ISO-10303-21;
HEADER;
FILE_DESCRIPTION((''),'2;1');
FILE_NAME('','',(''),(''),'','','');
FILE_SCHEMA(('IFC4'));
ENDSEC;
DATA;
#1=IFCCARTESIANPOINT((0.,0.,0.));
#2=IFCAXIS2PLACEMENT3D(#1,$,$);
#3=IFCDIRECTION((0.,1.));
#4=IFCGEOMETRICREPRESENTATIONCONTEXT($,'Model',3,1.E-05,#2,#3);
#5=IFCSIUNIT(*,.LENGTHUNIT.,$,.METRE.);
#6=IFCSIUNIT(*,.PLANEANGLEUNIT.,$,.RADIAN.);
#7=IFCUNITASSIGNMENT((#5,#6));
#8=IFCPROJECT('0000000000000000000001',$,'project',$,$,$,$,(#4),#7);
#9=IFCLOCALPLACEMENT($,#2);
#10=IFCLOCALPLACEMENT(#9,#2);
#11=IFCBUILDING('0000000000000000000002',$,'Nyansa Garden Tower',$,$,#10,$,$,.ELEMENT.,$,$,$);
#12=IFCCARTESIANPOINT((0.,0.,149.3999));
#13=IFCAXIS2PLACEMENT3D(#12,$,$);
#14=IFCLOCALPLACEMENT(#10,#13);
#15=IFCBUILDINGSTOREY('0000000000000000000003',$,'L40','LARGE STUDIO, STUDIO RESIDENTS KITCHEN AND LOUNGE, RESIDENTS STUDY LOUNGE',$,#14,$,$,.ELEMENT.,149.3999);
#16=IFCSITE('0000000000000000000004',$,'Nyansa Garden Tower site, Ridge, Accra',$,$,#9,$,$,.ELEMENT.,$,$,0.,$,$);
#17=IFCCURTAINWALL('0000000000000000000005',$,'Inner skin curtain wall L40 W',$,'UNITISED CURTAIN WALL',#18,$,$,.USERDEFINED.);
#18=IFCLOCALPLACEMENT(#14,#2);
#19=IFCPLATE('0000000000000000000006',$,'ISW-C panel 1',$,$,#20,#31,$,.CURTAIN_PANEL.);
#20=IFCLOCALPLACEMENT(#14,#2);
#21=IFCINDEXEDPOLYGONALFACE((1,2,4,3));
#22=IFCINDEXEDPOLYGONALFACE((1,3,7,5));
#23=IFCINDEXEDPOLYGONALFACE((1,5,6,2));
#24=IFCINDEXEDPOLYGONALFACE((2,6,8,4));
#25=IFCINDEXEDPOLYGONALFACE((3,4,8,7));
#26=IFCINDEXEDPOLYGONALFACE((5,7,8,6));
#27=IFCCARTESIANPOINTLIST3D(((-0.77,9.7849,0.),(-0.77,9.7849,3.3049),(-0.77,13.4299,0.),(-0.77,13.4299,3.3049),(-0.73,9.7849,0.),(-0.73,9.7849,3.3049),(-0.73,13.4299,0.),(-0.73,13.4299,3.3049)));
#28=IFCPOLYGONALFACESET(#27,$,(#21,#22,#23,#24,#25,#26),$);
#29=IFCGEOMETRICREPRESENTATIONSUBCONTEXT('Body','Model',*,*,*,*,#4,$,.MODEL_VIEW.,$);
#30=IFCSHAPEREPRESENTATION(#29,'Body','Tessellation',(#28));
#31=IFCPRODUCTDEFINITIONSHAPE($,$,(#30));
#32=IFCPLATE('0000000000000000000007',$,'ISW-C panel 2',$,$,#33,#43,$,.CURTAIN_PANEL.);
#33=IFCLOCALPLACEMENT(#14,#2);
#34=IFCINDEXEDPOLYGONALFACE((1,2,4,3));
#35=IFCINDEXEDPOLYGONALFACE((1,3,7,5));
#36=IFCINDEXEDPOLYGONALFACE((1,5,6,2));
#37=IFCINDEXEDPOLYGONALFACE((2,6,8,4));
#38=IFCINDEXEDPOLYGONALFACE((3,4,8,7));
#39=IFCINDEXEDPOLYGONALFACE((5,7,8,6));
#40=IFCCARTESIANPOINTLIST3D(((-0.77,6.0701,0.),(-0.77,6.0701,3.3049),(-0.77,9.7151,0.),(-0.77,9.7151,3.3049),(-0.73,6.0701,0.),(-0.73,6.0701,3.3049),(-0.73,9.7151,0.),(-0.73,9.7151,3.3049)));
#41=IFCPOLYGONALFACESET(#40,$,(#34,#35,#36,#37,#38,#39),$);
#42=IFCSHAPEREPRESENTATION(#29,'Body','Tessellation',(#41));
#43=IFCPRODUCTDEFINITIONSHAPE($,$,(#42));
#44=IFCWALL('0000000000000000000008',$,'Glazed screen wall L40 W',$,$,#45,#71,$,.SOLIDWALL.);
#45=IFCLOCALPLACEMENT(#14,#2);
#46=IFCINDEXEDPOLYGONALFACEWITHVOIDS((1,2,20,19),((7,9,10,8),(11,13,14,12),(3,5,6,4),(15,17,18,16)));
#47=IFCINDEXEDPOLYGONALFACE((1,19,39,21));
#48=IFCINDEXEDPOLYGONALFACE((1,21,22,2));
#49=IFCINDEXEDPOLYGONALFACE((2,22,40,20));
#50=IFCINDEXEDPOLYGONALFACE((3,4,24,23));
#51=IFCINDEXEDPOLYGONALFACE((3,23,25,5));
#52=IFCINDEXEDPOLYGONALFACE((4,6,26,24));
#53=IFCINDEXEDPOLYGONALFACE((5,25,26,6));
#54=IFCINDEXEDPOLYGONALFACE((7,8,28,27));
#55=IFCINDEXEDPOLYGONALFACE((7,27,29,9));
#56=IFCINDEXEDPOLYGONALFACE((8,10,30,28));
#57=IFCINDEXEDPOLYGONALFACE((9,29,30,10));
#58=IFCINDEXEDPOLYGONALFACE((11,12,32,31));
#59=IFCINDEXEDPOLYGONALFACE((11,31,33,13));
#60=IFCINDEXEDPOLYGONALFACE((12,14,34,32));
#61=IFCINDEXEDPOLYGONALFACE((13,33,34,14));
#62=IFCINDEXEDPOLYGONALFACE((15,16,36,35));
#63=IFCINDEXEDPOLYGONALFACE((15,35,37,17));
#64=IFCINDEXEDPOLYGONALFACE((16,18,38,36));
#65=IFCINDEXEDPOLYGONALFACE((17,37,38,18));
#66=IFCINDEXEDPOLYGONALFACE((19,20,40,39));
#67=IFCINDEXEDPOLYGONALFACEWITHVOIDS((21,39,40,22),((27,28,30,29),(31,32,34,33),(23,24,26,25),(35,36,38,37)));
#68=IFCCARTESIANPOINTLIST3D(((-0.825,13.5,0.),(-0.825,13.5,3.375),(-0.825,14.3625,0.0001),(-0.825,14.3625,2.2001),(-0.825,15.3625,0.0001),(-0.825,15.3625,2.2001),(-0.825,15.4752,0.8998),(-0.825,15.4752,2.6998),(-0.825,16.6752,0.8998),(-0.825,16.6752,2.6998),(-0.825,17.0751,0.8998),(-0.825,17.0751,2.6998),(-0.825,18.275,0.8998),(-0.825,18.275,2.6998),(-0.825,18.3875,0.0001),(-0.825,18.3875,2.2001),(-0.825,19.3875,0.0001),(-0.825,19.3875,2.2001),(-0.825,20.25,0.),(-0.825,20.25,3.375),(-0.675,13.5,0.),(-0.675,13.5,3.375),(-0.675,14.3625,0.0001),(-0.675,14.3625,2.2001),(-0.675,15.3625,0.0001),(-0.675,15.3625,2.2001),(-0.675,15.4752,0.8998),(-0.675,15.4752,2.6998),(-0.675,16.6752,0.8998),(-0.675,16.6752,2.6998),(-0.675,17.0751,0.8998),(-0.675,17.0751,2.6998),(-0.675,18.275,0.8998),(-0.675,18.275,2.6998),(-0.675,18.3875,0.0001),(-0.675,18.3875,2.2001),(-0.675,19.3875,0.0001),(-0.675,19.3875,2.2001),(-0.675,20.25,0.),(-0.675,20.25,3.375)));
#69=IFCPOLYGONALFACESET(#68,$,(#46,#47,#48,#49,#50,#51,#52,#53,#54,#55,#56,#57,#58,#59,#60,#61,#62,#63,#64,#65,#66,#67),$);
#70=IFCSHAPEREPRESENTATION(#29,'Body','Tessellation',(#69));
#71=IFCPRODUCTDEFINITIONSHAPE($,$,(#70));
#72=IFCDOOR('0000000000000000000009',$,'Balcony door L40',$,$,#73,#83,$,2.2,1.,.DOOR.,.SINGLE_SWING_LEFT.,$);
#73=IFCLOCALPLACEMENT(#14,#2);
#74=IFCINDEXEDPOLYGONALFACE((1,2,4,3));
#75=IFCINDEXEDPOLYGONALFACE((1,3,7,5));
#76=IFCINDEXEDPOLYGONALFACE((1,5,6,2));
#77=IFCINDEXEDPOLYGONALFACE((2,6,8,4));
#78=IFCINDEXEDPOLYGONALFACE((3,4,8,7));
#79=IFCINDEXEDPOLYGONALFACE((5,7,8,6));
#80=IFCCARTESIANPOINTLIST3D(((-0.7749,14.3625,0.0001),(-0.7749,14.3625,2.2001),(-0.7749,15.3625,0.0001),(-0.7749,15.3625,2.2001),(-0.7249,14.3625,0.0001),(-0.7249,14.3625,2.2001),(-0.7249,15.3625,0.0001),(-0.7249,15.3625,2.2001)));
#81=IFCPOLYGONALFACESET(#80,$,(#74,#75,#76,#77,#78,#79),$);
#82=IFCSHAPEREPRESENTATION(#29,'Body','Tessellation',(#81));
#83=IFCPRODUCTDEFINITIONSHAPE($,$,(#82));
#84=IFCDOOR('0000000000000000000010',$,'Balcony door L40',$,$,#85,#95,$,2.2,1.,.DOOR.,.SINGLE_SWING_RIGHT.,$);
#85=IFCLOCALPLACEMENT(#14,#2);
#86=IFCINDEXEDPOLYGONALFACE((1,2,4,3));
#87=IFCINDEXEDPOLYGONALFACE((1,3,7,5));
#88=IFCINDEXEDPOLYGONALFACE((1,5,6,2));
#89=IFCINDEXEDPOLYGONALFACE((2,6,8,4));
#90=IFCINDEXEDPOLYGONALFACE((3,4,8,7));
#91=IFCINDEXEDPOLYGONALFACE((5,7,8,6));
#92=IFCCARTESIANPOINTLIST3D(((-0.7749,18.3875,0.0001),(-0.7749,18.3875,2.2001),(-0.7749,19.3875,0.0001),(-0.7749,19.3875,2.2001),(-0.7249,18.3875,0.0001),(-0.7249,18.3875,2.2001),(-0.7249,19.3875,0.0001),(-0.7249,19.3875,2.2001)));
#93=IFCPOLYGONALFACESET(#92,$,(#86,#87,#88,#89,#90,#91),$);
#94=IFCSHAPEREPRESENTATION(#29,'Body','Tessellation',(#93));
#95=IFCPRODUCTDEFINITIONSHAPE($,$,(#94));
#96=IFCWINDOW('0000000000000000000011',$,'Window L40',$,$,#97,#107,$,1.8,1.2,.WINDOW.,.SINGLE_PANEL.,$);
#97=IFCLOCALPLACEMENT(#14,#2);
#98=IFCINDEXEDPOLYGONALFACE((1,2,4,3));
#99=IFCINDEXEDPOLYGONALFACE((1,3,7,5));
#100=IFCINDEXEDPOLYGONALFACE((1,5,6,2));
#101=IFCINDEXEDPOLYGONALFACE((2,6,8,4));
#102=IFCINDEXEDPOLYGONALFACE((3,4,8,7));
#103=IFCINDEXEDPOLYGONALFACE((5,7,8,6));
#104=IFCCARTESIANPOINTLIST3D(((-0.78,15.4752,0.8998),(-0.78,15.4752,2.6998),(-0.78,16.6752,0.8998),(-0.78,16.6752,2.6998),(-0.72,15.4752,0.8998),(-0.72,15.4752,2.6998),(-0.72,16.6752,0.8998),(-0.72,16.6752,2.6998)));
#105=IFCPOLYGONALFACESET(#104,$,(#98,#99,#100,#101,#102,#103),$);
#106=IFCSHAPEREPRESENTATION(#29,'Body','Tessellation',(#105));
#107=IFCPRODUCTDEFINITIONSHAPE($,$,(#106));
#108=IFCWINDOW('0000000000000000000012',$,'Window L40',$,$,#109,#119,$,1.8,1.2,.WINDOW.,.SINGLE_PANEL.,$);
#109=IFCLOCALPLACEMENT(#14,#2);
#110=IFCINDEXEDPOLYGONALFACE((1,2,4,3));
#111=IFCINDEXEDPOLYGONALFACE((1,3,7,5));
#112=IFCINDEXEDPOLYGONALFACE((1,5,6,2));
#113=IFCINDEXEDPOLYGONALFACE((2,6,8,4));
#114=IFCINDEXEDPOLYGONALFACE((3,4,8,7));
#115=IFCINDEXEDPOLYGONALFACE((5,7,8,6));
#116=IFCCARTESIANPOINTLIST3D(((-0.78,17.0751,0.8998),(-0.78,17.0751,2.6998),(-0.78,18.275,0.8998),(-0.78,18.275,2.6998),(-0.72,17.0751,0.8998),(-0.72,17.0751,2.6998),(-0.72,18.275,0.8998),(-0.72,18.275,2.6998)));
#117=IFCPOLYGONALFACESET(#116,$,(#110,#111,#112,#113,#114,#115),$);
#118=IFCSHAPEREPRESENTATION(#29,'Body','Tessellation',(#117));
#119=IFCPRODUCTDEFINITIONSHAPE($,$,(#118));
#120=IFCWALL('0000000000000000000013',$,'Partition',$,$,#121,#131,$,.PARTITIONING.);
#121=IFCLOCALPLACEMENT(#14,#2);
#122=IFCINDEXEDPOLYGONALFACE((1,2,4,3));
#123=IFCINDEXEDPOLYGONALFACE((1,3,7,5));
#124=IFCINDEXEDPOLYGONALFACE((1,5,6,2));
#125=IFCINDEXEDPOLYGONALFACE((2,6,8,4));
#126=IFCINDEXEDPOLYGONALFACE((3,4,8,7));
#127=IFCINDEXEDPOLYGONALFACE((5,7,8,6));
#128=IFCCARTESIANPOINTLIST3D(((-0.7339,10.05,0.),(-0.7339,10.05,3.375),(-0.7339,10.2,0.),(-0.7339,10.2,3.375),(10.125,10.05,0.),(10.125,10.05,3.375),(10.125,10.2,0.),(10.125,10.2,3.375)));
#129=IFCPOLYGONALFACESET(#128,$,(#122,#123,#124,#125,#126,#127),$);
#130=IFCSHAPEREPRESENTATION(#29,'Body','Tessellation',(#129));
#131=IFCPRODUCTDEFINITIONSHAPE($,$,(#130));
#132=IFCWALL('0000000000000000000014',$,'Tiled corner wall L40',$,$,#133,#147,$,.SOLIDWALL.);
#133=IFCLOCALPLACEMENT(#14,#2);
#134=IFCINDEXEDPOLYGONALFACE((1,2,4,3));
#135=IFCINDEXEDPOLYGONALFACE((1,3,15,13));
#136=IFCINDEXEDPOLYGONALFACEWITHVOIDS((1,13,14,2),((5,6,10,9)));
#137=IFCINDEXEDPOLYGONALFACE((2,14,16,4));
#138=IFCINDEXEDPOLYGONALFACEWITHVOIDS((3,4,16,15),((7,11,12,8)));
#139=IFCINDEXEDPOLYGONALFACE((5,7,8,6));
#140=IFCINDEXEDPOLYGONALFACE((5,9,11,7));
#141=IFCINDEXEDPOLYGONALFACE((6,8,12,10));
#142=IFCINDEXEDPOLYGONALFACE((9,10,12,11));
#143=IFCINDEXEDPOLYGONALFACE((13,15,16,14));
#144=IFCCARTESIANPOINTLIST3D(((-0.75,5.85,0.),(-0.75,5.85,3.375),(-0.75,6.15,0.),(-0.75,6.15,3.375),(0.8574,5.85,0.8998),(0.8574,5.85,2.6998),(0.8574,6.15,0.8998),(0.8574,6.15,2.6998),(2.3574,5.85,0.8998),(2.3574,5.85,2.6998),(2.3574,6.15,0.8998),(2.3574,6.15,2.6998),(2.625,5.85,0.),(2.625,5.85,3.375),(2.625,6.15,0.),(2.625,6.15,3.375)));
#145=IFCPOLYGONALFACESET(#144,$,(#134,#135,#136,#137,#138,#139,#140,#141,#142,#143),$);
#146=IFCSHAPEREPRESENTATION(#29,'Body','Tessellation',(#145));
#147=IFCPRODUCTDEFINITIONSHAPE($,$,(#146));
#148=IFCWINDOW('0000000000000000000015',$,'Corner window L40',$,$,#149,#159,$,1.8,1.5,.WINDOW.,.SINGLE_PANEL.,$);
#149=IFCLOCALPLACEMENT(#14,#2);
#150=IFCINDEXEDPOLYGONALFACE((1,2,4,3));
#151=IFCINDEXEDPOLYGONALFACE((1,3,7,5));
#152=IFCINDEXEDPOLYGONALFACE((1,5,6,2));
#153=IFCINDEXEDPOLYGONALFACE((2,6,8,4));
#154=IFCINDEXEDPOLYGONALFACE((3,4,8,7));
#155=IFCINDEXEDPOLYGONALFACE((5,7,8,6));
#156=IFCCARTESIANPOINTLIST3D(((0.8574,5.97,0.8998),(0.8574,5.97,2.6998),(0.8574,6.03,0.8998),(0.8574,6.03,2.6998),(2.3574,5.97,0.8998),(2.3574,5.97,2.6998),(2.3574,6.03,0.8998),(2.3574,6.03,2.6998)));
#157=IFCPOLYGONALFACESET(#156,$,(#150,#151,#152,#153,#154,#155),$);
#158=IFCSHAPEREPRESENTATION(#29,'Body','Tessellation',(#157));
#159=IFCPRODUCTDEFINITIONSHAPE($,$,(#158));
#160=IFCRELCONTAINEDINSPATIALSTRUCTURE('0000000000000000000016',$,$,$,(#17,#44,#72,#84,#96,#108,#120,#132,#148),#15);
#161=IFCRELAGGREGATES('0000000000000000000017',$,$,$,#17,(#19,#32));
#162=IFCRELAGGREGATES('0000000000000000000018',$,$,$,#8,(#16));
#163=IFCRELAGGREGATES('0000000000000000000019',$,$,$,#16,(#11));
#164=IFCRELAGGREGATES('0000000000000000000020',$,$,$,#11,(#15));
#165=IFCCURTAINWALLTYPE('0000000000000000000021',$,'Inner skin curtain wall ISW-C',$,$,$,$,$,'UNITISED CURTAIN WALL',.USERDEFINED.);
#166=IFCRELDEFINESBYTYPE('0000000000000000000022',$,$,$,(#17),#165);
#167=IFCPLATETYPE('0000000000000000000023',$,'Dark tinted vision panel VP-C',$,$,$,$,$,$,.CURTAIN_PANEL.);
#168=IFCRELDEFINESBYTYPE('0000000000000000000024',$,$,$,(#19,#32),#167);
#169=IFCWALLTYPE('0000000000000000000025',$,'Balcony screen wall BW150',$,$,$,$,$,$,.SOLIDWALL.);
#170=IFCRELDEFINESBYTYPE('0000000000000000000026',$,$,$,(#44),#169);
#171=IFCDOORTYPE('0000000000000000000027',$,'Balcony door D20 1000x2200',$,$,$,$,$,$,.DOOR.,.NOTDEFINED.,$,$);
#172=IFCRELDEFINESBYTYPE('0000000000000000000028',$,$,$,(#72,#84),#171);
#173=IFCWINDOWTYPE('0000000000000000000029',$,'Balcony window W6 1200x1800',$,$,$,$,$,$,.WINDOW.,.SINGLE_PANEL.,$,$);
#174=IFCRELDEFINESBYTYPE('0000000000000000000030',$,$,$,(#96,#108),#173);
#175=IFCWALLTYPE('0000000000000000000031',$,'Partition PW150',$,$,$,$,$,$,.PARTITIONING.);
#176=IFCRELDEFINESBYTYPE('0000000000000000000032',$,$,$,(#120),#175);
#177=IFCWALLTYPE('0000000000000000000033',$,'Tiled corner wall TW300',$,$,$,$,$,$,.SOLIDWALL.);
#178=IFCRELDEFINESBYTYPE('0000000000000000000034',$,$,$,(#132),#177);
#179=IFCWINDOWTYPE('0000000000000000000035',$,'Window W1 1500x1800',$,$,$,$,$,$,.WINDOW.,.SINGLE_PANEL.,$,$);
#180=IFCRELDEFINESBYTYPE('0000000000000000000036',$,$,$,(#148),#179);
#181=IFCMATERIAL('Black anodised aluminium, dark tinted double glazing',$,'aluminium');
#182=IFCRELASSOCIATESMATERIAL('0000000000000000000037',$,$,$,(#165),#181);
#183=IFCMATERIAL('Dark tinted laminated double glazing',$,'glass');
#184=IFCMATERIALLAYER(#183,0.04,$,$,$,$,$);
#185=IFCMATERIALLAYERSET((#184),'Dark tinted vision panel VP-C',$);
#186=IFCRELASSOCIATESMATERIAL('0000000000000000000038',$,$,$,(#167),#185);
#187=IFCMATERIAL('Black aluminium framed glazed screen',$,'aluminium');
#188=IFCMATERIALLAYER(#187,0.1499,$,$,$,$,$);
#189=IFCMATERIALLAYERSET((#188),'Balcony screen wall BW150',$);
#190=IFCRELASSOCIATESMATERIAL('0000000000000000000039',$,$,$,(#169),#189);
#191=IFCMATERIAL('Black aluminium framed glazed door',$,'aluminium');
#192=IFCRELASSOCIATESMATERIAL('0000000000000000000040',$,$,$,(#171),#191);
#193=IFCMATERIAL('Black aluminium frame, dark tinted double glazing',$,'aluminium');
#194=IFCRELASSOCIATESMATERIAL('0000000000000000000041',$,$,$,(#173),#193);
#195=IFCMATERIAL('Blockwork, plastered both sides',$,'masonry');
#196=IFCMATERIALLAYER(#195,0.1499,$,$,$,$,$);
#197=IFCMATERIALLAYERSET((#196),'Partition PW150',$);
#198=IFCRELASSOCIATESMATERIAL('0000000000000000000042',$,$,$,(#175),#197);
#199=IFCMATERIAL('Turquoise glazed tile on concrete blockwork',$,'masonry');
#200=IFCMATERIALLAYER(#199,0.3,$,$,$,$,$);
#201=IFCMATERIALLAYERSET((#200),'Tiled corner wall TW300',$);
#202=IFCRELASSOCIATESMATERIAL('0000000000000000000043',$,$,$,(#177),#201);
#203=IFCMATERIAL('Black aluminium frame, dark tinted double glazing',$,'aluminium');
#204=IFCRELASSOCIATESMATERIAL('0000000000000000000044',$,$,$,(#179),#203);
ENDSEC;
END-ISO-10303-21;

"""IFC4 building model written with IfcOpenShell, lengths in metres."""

from ifc_helpers import new_model, si_unit, direction, frame, frame_2d, origin, origin_2d, place, context, subcontext, project, spatial, rectangle, extrude, material, layer, layer_set, type_object, element, fill, aggregate, save


model = new_model("IFC4")

# Units and contexts
model_context = context("Model", 3, precision=1e-05, world=origin(), true_north=direction((0.0, 1.0)))
body_context = subcontext(model_context, "Body", "Model", "MODEL_VIEW")
ifc_project = project(units=[si_unit("LENGTHUNIT", "METRE"), si_unit("PLANEANGLEUNIT", "RADIAN")], contexts=[model_context])

# Site, building, storey
site_placement = place(None, origin())
site = spatial("IfcSite", under=ifc_project, at=site_placement, Name="Nyansa Garden Tower site, Ridge, Accra", CompositionType="ELEMENT", RefElevation=0.0)
building_placement = place(site_placement, origin())
building = spatial("IfcBuilding", under=site, at=building_placement, Name="Nyansa Garden Tower", CompositionType="ELEMENT")
storey_placement = place(building_placement, frame((0.0, 0.0, 149.3999)))
storey = spatial("IfcBuildingStorey", under=building, at=storey_placement, Name="L40", Description="LARGE STUDIO, STUDIO RESIDENTS KITCHEN AND LOUNGE, RESIDENTS STUDY LOUNGE", CompositionType="ELEMENT", Elevation=149.3999)

# Curtain wall
ifc_material_1 = material(Name="Black anodised aluminium, dark tinted double glazing", Category="aluminium")
curtain_wall_type = type_object("IfcCurtainWallType", Name="Inner skin curtain wall ISW-C", ElementType="UNITISED CURTAIN WALL", PredefinedType="USERDEFINED", material=ifc_material_1)
curtain_wall_placement = place(storey_placement, origin())
curtain_wall = element("IfcCurtainWall", 1, at=curtain_wall_placement, inside=storey, type_object=curtain_wall_type, Name="Inner skin curtain wall L40 W", ObjectType="UNITISED CURTAIN WALL", PredefinedType="USERDEFINED")

# Plates
ifc_material_2 = material(Name="Dark tinted laminated double glazing", Category="glass")
ifc_layer_1 = layer(ifc_material_2, 0.04)
ifc_layer_set_1 = layer_set([ifc_layer_1], Name="Dark tinted vision panel VP-C")
plate_type = type_object("IfcPlateType", Name="Dark tinted vision panel VP-C", PredefinedType="CURTAIN_PANEL", material=ifc_layer_set_1)
plate_1_placement = place(storey_placement, frame((-0.75, 11.6074, 0.0), z_axis=(0.0, 0.0, 1.0), x_axis=(0.0, -1.0, 0.0)))
plate_1 = element("IfcPlate", 2, at=plate_1_placement, type_object=plate_type, Name="ISW-C panel 1", PredefinedType="CURTAIN_PANEL", context=body_context, shape_type="SweptSolid", body=[
    extrude(rectangle(XDim=3.645, YDim=0.04, at=origin_2d()), origin(), (0.0, 0.0, 1.0), 3.3049),
])
plate_2_placement = place(storey_placement, frame((-0.75, 7.8926, 0.0), z_axis=(0.0, 0.0, 1.0), x_axis=(0.0, -1.0, 0.0)))
plate_2 = element("IfcPlate", 3, at=plate_2_placement, type_object=plate_type, Name="ISW-C panel 2", PredefinedType="CURTAIN_PANEL", context=body_context, shape_type="SweptSolid", body=[
    extrude(rectangle(XDim=3.645, YDim=0.04, at=origin_2d()), origin(), (0.0, 0.0, 1.0), 3.3049),
])
aggregate(curtain_wall, [plate_1, plate_2])

# Wall, openings, doors, windows
ifc_material_3 = material(Name="Black aluminium framed glazed screen", Category="aluminium")
ifc_layer_2 = layer(ifc_material_3, 0.1499)
ifc_layer_set_2 = layer_set([ifc_layer_2], Name="Balcony screen wall BW150")
wall_type_1 = type_object("IfcWallType", Name="Balcony screen wall BW150", PredefinedType="SOLIDWALL", material=ifc_layer_set_2)
wall_1_placement = place(storey_placement, frame((-0.75, 13.5, 0.0), z_axis=(0.0, 0.0, 1.0), x_axis=(0.0, 1.0, 0.0)))
wall_1 = element("IfcWall", 4, at=wall_1_placement, inside=storey, type_object=wall_type_1, Name="Glazed screen wall L40 W", PredefinedType="SOLIDWALL", context=body_context, shape_type="SweptSolid", body=[
    extrude(rectangle(XDim=6.75, YDim=0.1499, at=frame_2d((3.375, 0.0))), origin(), (0.0, 0.0, 1.0), 3.375),
])
opening_1_placement = place(wall_1_placement, frame((0.8625, 0.0, 0.0)))
opening_1 = element("IfcOpeningElement", 5, at=opening_1_placement, cuts=wall_1, PredefinedType="OPENING", context=body_context, shape_type="SweptSolid", body=[
    extrude(rectangle(XDim=1.0, YDim=2.2, at=frame_2d((0.5, 1.1001))), frame((0.0, 0.085, 0.0), z_axis=(0.0, -1.0, 0.0), x_axis=(1.0, 0.0, 0.0)), (0.0, 0.0, 1.0), 0.1699),
])
opening_2_placement = place(wall_1_placement, frame((1.9751, 0.0, 0.8999)))
opening_2 = element("IfcOpeningElement", 6, at=opening_2_placement, cuts=wall_1, PredefinedType="OPENING", context=body_context, shape_type="SweptSolid", body=[
    extrude(rectangle(XDim=1.2, YDim=1.8, at=frame_2d((0.6001, 0.8999))), frame((0.0, 0.085, 0.0), z_axis=(0.0, -1.0, 0.0), x_axis=(1.0, 0.0, 0.0)), (0.0, 0.0, 1.0), 0.1699),
])
opening_3_placement = place(wall_1_placement, frame((4.8875, 0.0, 0.0)))
opening_3 = element("IfcOpeningElement", 7, at=opening_3_placement, cuts=wall_1, PredefinedType="OPENING", context=body_context, shape_type="SweptSolid", body=[
    extrude(rectangle(XDim=1.0, YDim=2.2, at=frame_2d((0.5, 1.1001))), frame((0.0, 0.085, 0.0), z_axis=(0.0, -1.0, 0.0), x_axis=(1.0, 0.0, 0.0)), (0.0, 0.0, 1.0), 0.1699),
])
opening_4_placement = place(wall_1_placement, frame((3.575, 0.0, 0.8999)))
opening_4 = element("IfcOpeningElement", 8, at=opening_4_placement, cuts=wall_1, PredefinedType="OPENING", context=body_context, shape_type="SweptSolid", body=[
    extrude(rectangle(XDim=1.2, YDim=1.8, at=frame_2d((0.6001, 0.8999))), frame((0.0, 0.085, 0.0), z_axis=(0.0, -1.0, 0.0), x_axis=(1.0, 0.0, 0.0)), (0.0, 0.0, 1.0), 0.1699),
])
ifc_material_4 = material(Name="Black aluminium framed glazed door", Category="aluminium")
door_type_1 = type_object("IfcDoorType", Name="Balcony door D20 1000x2200", OperationType="NOTDEFINED", PredefinedType="DOOR", material=ifc_material_4)
door_1_placement = place(opening_1_placement, origin())
door_1 = element("IfcDoor", 9, at=door_1_placement, inside=storey, type_object=door_type_1, Name="Balcony door L40", OperationType="SINGLE_SWING_LEFT", OverallHeight=2.2, OverallWidth=1.0, PredefinedType="DOOR", context=body_context, shape_type="SweptSolid", body=[
    extrude(rectangle(XDim=1.0, YDim=2.2, at=frame_2d((0.5, 1.1001))), frame((0.0, 0.0249, 0.0), z_axis=(0.0, -1.0, 0.0), x_axis=(1.0, 0.0, 0.0)), (0.0, 0.0, 1.0), 0.05),
])
fill(opening_1, door_1)
door_2_placement = place(opening_3_placement, origin())
door_2 = element("IfcDoor", 10, at=door_2_placement, inside=storey, type_object=door_type_1, Name="Balcony door L40", OperationType="SINGLE_SWING_RIGHT", OverallHeight=2.2, OverallWidth=1.0, PredefinedType="DOOR", context=body_context, shape_type="SweptSolid", body=[
    extrude(rectangle(XDim=1.0, YDim=2.2, at=frame_2d((0.5, 1.1001))), frame((0.0, 0.0249, 0.0), z_axis=(0.0, -1.0, 0.0), x_axis=(1.0, 0.0, 0.0)), (0.0, 0.0, 1.0), 0.05),
])
fill(opening_3, door_2)
ifc_material_5 = material(Name="Black aluminium frame, dark tinted double glazing", Category="aluminium")
window_type_1 = type_object("IfcWindowType", Name="Balcony window W6 1200x1800", PartitioningType="SINGLE_PANEL", PredefinedType="WINDOW", material=ifc_material_5)
window_1_placement = place(opening_2_placement, origin())
window_1 = element("IfcWindow", 11, at=window_1_placement, inside=storey, type_object=window_type_1, Name="Window L40", OverallHeight=1.8, OverallWidth=1.2, PartitioningType="SINGLE_PANEL", PredefinedType="WINDOW", context=body_context, shape_type="SweptSolid", body=[
    extrude(rectangle(XDim=1.2, YDim=1.8, at=frame_2d((0.6001, 0.8999))), frame((0.0, 0.03, 0.0), z_axis=(0.0, -1.0, 0.0), x_axis=(1.0, 0.0, 0.0)), (0.0, 0.0, 1.0), 0.0601),
])
fill(opening_2, window_1)
window_2_placement = place(opening_4_placement, origin())
window_2 = element("IfcWindow", 12, at=window_2_placement, inside=storey, type_object=window_type_1, Name="Window L40", OverallHeight=1.8, OverallWidth=1.2, PartitioningType="SINGLE_PANEL", PredefinedType="WINDOW", context=body_context, shape_type="SweptSolid", body=[
    extrude(rectangle(XDim=1.2, YDim=1.8, at=frame_2d((0.6001, 0.8999))), frame((0.0, 0.03, 0.0), z_axis=(0.0, -1.0, 0.0), x_axis=(1.0, 0.0, 0.0)), (0.0, 0.0, 1.0), 0.0601),
])
fill(opening_4, window_2)

# Wall
ifc_material_6 = material(Name="Blockwork, plastered both sides", Category="masonry")
ifc_layer_3 = layer(ifc_material_6, 0.1499)
ifc_layer_set_3 = layer_set([ifc_layer_3], Name="Partition PW150")
wall_type_2 = type_object("IfcWallType", Name="Partition PW150", PredefinedType="PARTITIONING", material=ifc_layer_set_3)
wall_2_placement = place(storey_placement, frame((-0.7339, 10.125, 0.0), z_axis=(0.0, 0.0, 1.0), x_axis=(1.0, 0.0, 0.0)))
element("IfcWall", 13, at=wall_2_placement, inside=storey, type_object=wall_type_2, Name="Partition", PredefinedType="PARTITIONING", context=body_context, shape_type="SweptSolid", body=[
    extrude(rectangle(XDim=10.8589, YDim=0.1499, at=frame_2d((5.4294, 0.0))), origin(), (0.0, 0.0, 1.0), 3.375),
])

# Wall, opening, window
ifc_material_7 = material(Name="Turquoise glazed tile on concrete blockwork", Category="masonry")
ifc_layer_4 = layer(ifc_material_7, 0.3)
ifc_layer_set_4 = layer_set([ifc_layer_4], Name="Tiled corner wall TW300")
wall_type_3 = type_object("IfcWallType", Name="Tiled corner wall TW300", PredefinedType="SOLIDWALL", material=ifc_layer_set_4)
wall_3_placement = place(storey_placement, frame((-0.75, 6.0, 0.0), z_axis=(0.0, 0.0, 1.0), x_axis=(1.0, 0.0, 0.0)))
wall_3 = element("IfcWall", 14, at=wall_3_placement, inside=storey, type_object=wall_type_3, Name="Tiled corner wall L40", PredefinedType="SOLIDWALL", context=body_context, shape_type="SweptSolid", body=[
    extrude(rectangle(XDim=3.375, YDim=0.3, at=frame_2d((1.6875, 0.0))), origin(), (0.0, 0.0, 1.0), 3.375),
])
opening_5_placement = place(wall_3_placement, frame((1.6074, 0.0, 0.8999)))
opening_5 = element("IfcOpeningElement", 15, at=opening_5_placement, cuts=wall_3, PredefinedType="OPENING", context=body_context, shape_type="SweptSolid", body=[
    extrude(rectangle(XDim=1.5, YDim=1.8, at=frame_2d((0.75, 0.8999))), frame((0.0, 0.1599, 0.0), z_axis=(0.0, -1.0, 0.0), x_axis=(1.0, 0.0, 0.0)), (0.0, 0.0, 1.0), 0.3201),
])
ifc_material_8 = material(Name="Black aluminium frame, dark tinted double glazing", Category="aluminium")
window_type_2 = type_object("IfcWindowType", Name="Window W1 1500x1800", PartitioningType="SINGLE_PANEL", PredefinedType="WINDOW", material=ifc_material_8)
window_3_placement = place(opening_5_placement, origin())
window_3 = element("IfcWindow", 16, at=window_3_placement, inside=storey, type_object=window_type_2, Name="Corner window L40", OverallHeight=1.8, OverallWidth=1.5, PartitioningType="SINGLE_PANEL", PredefinedType="WINDOW", context=body_context, shape_type="SweptSolid", body=[
    extrude(rectangle(XDim=1.5, YDim=1.8, at=frame_2d((0.75, 0.8999))), frame((0.0, 0.03, 0.0), z_axis=(0.0, -1.0, 0.0), x_axis=(1.0, 0.0, 0.0)), (0.0, 0.0, 1.0), 0.0601),
])
fill(opening_5, window_3)

save(model, "model.ifc")
